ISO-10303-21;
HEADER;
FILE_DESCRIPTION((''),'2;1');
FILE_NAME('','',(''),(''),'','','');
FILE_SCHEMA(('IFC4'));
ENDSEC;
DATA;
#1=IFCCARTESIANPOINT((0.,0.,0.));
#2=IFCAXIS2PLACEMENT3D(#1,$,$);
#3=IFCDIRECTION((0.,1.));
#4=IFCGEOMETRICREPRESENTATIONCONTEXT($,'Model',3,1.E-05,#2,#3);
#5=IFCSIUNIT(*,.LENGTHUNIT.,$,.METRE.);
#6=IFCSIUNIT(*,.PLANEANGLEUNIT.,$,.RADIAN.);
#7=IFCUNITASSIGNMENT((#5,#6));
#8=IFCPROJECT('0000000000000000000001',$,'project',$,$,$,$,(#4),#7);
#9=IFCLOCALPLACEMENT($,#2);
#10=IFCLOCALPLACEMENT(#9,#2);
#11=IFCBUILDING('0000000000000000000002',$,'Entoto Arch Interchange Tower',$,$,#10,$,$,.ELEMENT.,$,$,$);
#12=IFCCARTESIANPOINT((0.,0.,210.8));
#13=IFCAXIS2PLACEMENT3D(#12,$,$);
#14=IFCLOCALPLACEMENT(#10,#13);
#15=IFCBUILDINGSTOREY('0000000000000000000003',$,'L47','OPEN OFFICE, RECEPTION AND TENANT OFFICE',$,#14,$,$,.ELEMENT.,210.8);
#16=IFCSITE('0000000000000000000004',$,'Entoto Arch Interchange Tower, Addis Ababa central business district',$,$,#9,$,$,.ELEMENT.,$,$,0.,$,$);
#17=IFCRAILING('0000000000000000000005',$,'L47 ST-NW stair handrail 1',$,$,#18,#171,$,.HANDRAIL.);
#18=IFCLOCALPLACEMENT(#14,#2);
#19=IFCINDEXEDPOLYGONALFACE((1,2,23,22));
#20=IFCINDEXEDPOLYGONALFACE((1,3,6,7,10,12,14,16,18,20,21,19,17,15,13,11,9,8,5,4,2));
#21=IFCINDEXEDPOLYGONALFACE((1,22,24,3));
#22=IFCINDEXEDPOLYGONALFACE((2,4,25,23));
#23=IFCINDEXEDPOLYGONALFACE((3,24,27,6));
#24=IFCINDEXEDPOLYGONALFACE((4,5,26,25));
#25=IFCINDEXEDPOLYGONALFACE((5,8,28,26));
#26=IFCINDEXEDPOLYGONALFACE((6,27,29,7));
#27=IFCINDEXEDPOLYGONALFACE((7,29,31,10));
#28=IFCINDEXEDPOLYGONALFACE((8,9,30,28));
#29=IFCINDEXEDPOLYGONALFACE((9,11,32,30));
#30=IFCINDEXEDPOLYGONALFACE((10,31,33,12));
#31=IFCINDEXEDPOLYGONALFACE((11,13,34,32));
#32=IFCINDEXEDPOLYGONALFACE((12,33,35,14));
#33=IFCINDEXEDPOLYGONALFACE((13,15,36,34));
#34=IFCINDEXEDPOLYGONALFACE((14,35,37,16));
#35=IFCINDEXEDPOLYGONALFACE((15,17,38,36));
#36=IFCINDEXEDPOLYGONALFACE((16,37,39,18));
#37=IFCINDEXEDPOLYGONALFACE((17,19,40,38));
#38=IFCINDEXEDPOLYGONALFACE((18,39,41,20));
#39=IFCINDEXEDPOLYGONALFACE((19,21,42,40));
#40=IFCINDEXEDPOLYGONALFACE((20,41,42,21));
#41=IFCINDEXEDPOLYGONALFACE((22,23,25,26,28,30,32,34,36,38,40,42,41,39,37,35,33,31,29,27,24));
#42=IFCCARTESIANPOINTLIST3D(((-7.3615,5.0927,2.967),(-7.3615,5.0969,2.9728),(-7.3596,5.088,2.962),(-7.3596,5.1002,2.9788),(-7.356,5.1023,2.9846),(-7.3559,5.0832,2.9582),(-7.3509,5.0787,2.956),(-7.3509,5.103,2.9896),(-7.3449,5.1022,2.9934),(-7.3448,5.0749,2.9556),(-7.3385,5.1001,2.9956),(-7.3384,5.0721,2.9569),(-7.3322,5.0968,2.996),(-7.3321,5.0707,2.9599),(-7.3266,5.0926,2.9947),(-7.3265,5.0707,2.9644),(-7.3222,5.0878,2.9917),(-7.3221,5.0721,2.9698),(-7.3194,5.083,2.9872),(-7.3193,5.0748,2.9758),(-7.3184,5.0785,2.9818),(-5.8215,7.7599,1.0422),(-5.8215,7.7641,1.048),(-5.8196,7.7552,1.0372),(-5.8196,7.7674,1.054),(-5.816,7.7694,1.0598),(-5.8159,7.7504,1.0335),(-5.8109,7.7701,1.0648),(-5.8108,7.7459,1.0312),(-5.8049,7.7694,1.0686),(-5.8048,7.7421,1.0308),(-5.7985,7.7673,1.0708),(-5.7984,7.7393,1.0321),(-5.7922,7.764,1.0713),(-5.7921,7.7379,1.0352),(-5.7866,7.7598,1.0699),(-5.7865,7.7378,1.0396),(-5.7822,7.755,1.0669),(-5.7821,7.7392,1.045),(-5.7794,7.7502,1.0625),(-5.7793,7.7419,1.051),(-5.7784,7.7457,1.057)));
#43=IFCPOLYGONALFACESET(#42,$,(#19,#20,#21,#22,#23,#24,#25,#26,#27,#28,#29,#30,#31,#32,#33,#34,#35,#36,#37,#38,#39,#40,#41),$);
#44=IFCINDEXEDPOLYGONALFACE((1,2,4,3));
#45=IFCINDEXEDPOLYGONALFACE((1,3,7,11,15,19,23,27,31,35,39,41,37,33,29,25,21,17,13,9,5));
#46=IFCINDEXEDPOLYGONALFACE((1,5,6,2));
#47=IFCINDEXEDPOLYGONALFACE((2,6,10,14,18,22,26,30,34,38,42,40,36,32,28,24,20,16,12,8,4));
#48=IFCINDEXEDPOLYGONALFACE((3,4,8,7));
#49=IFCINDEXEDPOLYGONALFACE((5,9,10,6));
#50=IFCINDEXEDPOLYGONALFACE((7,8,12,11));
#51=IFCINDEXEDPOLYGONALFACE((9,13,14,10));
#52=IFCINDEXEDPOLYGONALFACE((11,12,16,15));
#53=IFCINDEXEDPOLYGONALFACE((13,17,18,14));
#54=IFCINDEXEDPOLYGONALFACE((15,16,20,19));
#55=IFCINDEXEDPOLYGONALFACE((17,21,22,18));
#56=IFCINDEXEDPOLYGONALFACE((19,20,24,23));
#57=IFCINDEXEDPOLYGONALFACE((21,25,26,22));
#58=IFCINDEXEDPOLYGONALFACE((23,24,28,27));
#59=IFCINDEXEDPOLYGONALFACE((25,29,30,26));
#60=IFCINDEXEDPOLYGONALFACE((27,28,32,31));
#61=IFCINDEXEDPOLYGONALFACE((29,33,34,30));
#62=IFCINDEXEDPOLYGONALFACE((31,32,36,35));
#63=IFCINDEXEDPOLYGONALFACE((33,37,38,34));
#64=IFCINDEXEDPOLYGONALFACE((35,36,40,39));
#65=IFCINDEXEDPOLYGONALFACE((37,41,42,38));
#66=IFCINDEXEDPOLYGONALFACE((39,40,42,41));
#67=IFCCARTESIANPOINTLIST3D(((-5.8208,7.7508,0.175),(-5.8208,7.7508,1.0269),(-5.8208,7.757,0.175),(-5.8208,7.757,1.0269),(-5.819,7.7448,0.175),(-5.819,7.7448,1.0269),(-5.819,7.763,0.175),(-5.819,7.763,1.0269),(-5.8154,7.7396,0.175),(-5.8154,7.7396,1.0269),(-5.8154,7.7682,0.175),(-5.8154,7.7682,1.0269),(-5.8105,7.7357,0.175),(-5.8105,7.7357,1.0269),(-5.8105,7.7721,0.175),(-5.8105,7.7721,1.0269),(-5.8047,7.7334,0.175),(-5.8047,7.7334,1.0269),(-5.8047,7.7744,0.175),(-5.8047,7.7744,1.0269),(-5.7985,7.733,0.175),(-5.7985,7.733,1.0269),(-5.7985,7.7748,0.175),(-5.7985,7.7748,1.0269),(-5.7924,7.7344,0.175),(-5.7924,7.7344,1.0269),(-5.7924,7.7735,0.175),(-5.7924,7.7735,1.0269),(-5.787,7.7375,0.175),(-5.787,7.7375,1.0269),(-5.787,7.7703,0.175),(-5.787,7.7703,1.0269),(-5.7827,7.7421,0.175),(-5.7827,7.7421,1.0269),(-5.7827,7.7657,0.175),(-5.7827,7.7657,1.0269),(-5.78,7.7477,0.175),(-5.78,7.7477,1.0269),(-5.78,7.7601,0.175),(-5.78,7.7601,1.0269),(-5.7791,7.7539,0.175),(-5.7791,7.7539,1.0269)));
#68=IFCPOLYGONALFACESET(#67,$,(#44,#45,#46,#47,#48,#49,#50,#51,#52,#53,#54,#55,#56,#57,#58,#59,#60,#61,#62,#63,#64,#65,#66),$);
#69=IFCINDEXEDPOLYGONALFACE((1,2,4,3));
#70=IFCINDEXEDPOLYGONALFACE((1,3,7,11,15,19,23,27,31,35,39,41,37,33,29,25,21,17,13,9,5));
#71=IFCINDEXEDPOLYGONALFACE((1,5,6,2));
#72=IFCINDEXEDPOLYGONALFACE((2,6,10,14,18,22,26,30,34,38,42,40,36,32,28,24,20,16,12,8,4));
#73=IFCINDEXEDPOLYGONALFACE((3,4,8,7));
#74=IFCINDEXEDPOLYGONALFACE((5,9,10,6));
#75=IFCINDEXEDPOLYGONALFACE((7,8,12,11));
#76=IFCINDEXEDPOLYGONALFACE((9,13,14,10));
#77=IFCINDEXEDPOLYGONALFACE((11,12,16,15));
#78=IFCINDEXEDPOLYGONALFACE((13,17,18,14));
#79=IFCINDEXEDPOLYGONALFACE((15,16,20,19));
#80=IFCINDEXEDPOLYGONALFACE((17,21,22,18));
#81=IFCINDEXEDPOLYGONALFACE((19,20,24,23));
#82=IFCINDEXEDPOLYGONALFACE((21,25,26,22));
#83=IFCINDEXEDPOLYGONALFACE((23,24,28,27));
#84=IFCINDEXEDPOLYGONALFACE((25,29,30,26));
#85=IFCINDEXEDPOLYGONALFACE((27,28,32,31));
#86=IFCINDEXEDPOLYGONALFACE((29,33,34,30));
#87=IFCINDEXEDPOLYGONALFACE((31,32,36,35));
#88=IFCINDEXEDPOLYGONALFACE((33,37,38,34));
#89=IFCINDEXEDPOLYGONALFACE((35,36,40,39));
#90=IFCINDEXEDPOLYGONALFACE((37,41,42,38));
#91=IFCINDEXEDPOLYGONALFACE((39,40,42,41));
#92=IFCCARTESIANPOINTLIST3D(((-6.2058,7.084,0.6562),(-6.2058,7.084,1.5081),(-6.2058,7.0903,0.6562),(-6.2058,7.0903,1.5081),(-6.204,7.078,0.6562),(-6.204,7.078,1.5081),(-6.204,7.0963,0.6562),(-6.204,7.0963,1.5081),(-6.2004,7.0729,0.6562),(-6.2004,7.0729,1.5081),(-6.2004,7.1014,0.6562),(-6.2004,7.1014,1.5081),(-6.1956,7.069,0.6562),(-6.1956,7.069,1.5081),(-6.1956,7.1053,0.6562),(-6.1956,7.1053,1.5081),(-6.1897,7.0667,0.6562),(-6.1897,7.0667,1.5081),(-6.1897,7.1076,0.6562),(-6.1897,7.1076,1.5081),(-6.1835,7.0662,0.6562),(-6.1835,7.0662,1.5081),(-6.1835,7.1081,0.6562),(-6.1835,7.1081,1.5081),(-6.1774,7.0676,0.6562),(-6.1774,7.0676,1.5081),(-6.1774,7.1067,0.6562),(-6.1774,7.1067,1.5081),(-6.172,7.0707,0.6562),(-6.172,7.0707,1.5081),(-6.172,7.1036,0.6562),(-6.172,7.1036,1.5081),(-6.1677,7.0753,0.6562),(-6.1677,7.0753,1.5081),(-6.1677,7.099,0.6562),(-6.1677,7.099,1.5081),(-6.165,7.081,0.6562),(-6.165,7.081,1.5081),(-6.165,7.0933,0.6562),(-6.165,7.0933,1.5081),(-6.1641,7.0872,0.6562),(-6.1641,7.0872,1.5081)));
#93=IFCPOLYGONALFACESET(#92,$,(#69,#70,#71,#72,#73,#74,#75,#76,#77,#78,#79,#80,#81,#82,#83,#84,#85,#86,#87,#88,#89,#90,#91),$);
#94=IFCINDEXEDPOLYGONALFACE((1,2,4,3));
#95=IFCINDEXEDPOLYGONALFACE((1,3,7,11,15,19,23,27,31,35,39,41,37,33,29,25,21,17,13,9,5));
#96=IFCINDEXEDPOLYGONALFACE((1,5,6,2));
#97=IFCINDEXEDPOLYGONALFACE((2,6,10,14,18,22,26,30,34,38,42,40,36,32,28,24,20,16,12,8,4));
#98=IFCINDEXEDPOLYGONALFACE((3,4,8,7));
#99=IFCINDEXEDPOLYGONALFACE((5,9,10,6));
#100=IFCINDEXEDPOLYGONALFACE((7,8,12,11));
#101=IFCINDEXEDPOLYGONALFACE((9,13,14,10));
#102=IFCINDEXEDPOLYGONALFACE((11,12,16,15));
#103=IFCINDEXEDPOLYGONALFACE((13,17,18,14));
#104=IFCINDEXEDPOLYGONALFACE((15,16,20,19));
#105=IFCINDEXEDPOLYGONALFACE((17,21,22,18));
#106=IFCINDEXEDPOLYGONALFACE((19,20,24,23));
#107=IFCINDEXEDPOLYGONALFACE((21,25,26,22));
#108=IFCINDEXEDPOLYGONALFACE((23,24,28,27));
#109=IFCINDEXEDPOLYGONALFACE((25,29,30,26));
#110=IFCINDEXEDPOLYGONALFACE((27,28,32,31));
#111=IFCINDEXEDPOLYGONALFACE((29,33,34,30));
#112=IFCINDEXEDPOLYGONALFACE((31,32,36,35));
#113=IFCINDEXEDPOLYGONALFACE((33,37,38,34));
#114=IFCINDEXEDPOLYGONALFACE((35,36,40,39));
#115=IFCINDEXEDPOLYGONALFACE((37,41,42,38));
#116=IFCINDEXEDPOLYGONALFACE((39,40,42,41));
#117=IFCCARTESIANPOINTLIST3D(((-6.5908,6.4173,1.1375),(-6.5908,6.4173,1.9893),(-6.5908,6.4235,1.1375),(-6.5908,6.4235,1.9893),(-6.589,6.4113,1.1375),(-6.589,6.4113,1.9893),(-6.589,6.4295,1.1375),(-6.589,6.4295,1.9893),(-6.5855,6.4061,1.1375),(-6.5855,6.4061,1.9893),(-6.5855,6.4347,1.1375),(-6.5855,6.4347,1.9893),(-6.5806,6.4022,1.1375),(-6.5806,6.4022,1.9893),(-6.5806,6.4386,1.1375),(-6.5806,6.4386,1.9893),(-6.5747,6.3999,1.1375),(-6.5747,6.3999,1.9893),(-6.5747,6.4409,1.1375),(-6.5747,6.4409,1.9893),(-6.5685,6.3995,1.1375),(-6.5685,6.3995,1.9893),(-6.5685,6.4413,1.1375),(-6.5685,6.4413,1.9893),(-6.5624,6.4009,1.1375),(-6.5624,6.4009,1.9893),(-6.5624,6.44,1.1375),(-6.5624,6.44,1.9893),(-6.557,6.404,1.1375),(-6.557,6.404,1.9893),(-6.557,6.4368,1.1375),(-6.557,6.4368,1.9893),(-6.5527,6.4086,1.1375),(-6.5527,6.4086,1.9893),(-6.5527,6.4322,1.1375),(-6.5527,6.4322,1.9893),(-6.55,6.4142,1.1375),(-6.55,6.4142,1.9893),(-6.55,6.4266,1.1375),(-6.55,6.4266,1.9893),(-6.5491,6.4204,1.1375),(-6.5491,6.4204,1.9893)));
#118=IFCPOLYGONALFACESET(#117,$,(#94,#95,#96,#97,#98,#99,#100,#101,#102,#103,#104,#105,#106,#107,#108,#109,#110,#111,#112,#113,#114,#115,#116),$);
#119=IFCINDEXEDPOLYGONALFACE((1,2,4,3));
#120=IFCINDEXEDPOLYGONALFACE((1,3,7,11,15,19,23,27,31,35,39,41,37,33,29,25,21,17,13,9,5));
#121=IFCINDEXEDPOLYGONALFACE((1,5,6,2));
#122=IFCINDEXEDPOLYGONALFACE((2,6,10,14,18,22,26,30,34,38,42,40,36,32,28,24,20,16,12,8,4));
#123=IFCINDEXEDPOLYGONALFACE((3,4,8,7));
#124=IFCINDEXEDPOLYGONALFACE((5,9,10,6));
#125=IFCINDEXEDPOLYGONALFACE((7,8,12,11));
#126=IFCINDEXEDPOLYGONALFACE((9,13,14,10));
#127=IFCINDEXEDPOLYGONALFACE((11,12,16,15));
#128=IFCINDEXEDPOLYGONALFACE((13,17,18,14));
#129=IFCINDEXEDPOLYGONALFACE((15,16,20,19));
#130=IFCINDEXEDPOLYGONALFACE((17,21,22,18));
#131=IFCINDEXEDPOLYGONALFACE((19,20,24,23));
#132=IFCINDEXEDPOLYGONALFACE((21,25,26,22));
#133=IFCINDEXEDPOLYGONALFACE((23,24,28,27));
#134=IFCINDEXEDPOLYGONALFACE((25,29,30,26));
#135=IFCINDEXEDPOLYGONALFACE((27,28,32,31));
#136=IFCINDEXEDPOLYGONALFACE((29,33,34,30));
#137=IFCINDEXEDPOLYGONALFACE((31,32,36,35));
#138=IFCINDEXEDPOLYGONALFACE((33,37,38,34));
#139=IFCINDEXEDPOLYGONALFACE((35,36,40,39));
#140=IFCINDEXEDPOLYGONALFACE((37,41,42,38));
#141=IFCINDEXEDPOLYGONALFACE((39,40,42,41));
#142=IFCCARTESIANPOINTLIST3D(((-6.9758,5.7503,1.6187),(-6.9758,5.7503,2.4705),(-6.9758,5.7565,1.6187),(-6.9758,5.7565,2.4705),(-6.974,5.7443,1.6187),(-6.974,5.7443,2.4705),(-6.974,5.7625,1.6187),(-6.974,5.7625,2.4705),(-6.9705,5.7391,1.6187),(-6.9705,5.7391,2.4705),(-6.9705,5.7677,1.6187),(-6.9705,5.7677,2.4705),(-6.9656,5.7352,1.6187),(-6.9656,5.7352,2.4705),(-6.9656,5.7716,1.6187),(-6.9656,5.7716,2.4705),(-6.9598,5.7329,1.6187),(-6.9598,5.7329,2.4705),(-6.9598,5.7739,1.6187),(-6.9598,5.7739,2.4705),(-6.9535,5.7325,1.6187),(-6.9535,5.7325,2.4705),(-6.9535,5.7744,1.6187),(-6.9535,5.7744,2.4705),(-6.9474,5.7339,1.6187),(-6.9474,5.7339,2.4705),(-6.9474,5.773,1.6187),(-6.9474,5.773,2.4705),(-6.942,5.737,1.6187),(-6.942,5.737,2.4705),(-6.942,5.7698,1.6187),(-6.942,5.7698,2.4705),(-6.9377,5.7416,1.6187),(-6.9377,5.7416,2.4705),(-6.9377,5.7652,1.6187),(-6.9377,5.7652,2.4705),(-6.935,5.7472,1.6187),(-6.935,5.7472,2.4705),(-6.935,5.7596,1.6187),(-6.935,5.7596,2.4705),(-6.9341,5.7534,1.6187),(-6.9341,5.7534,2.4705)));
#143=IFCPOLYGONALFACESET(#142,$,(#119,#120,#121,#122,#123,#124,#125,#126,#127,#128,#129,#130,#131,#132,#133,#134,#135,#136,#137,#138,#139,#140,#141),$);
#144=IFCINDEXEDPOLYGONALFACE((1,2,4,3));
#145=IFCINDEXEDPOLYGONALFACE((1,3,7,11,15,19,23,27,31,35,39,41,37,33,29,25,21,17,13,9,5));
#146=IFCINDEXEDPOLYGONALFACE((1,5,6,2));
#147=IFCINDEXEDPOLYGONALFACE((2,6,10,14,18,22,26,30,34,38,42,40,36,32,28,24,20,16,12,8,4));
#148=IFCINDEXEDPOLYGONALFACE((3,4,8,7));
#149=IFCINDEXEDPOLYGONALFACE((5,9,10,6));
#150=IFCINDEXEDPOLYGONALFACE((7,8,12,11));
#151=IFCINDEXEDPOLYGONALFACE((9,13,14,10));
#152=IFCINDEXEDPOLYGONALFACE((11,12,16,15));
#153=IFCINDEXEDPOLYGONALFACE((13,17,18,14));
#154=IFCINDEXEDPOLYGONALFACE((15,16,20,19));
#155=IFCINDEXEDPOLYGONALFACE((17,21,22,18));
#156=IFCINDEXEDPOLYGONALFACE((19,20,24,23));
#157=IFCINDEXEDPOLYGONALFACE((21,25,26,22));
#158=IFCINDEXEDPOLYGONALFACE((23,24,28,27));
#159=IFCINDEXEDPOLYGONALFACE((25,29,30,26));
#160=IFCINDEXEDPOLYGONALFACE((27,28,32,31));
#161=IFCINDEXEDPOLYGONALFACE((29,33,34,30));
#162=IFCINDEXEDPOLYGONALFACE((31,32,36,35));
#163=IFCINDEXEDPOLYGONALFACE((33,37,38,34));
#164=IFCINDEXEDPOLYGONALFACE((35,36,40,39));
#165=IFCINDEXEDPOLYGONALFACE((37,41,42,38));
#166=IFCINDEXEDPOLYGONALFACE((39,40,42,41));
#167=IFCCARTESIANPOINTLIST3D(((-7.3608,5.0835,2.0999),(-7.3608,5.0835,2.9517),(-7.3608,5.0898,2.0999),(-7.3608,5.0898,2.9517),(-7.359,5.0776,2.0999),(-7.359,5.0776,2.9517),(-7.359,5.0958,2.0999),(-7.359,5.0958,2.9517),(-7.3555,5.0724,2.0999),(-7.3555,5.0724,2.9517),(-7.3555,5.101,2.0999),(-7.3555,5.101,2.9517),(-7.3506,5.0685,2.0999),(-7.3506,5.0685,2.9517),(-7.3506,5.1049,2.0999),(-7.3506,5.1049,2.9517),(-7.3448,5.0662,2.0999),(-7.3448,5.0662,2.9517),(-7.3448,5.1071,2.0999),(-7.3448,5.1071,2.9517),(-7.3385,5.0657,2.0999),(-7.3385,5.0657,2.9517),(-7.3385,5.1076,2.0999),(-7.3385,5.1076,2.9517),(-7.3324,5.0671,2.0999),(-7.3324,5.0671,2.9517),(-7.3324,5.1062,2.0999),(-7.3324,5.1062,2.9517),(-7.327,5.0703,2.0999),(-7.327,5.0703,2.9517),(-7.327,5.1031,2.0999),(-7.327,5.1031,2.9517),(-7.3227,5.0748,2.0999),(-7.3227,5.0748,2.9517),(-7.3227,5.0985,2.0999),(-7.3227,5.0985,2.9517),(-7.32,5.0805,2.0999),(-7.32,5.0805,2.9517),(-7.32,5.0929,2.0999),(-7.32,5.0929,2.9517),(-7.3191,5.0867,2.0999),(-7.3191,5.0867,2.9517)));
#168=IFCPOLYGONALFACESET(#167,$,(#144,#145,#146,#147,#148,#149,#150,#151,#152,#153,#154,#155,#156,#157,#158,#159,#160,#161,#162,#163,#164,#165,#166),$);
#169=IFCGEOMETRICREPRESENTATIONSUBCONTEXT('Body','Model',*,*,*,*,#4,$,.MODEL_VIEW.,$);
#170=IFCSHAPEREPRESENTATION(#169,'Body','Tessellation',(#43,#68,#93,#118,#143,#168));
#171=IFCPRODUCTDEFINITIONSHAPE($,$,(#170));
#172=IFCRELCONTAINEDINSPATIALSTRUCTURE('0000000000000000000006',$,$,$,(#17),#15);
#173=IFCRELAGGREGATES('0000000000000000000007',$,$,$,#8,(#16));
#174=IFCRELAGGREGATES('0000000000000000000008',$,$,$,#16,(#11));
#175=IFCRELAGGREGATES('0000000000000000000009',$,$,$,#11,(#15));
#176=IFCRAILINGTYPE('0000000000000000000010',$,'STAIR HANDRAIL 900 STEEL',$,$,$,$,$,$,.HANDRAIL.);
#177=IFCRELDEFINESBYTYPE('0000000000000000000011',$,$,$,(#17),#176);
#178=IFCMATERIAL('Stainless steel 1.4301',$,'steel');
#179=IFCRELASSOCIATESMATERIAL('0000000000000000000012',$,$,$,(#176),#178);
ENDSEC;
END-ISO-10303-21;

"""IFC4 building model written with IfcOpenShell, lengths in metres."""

from ifc_helpers import new_model, si_unit, direction, frame, origin, origin_2d, place, context, subcontext, project, spatial, circle, extrude, material, type_object, element, save


model = new_model("IFC4")

# Units and contexts
model_context = context("Model", 3, precision=1e-05, world=origin(), true_north=direction((0.0, 1.0)))
body_context = subcontext(model_context, "Body", "Model", "MODEL_VIEW")
ifc_project = project(units=[si_unit("LENGTHUNIT", "METRE"), si_unit("PLANEANGLEUNIT", "RADIAN")], contexts=[model_context])

# Site, building, storey
site_placement = place(None, origin())
site = spatial("IfcSite", under=ifc_project, at=site_placement, Name="Entoto Arch Interchange Tower, Addis Ababa central business district", CompositionType="ELEMENT", RefElevation=0.0)
building_placement = place(site_placement, origin())
building = spatial("IfcBuilding", under=site, at=building_placement, Name="Entoto Arch Interchange Tower", CompositionType="ELEMENT")
storey_placement = place(building_placement, frame((0.0, 0.0, 210.8)))
storey = spatial("IfcBuildingStorey", under=building, at=storey_placement, Name="L47", Description="OPEN OFFICE, RECEPTION AND TENANT OFFICE", CompositionType="ELEMENT", Elevation=210.8)

# Railing
ifc_material_1 = material(Name="Stainless steel 1.4301", Category="steel")
railing_type_1 = type_object("IfcRailingType", Name="STAIR HANDRAIL 900 STEEL", PredefinedType="HANDRAIL", material=ifc_material_1)
railing_1_placement = place(storey_placement, frame((-5.8, 7.7539, 0.175)))
element("IfcRailing", 1, at=railing_1_placement, inside=storey, type_object=railing_type_1, Name="L47 ST-NW stair handrail 1", PredefinedType="HANDRAIL", context=body_context, shape_type="SweptSolid", body=[
    extrude(circle(Radius=0.0239, at=origin_2d()), frame((0.0, 0.0, 0.876), z_axis=(-0.424031, -0.73439, 0.529971), x_axis=(0.86601, -0.500027, 0.0)), (0.0, 0.0, 1.0), 3.6318),
    extrude(circle(Radius=0.021, at=origin_2d()), origin(), (0.0, 0.0, 1.0), 0.8518),
    extrude(circle(Radius=0.021, at=origin_2d()), frame((-0.385, -0.6667, 0.4812)), (0.0, 0.0, 1.0), 0.8518),
    extrude(circle(Radius=0.021, at=origin_2d()), frame((-0.77, -1.3335, 0.9624)), (0.0, 0.0, 1.0), 0.8518),
    extrude(circle(Radius=0.021, at=origin_2d()), frame((-1.155, -2.0005, 1.4436)), (0.0, 0.0, 1.0), 0.8518),
    extrude(circle(Radius=0.021, at=origin_2d()), frame((-1.54, -2.6672, 1.9248)), (0.0, 0.0, 1.0), 0.8518),
])

save(model, "model.ifc")
